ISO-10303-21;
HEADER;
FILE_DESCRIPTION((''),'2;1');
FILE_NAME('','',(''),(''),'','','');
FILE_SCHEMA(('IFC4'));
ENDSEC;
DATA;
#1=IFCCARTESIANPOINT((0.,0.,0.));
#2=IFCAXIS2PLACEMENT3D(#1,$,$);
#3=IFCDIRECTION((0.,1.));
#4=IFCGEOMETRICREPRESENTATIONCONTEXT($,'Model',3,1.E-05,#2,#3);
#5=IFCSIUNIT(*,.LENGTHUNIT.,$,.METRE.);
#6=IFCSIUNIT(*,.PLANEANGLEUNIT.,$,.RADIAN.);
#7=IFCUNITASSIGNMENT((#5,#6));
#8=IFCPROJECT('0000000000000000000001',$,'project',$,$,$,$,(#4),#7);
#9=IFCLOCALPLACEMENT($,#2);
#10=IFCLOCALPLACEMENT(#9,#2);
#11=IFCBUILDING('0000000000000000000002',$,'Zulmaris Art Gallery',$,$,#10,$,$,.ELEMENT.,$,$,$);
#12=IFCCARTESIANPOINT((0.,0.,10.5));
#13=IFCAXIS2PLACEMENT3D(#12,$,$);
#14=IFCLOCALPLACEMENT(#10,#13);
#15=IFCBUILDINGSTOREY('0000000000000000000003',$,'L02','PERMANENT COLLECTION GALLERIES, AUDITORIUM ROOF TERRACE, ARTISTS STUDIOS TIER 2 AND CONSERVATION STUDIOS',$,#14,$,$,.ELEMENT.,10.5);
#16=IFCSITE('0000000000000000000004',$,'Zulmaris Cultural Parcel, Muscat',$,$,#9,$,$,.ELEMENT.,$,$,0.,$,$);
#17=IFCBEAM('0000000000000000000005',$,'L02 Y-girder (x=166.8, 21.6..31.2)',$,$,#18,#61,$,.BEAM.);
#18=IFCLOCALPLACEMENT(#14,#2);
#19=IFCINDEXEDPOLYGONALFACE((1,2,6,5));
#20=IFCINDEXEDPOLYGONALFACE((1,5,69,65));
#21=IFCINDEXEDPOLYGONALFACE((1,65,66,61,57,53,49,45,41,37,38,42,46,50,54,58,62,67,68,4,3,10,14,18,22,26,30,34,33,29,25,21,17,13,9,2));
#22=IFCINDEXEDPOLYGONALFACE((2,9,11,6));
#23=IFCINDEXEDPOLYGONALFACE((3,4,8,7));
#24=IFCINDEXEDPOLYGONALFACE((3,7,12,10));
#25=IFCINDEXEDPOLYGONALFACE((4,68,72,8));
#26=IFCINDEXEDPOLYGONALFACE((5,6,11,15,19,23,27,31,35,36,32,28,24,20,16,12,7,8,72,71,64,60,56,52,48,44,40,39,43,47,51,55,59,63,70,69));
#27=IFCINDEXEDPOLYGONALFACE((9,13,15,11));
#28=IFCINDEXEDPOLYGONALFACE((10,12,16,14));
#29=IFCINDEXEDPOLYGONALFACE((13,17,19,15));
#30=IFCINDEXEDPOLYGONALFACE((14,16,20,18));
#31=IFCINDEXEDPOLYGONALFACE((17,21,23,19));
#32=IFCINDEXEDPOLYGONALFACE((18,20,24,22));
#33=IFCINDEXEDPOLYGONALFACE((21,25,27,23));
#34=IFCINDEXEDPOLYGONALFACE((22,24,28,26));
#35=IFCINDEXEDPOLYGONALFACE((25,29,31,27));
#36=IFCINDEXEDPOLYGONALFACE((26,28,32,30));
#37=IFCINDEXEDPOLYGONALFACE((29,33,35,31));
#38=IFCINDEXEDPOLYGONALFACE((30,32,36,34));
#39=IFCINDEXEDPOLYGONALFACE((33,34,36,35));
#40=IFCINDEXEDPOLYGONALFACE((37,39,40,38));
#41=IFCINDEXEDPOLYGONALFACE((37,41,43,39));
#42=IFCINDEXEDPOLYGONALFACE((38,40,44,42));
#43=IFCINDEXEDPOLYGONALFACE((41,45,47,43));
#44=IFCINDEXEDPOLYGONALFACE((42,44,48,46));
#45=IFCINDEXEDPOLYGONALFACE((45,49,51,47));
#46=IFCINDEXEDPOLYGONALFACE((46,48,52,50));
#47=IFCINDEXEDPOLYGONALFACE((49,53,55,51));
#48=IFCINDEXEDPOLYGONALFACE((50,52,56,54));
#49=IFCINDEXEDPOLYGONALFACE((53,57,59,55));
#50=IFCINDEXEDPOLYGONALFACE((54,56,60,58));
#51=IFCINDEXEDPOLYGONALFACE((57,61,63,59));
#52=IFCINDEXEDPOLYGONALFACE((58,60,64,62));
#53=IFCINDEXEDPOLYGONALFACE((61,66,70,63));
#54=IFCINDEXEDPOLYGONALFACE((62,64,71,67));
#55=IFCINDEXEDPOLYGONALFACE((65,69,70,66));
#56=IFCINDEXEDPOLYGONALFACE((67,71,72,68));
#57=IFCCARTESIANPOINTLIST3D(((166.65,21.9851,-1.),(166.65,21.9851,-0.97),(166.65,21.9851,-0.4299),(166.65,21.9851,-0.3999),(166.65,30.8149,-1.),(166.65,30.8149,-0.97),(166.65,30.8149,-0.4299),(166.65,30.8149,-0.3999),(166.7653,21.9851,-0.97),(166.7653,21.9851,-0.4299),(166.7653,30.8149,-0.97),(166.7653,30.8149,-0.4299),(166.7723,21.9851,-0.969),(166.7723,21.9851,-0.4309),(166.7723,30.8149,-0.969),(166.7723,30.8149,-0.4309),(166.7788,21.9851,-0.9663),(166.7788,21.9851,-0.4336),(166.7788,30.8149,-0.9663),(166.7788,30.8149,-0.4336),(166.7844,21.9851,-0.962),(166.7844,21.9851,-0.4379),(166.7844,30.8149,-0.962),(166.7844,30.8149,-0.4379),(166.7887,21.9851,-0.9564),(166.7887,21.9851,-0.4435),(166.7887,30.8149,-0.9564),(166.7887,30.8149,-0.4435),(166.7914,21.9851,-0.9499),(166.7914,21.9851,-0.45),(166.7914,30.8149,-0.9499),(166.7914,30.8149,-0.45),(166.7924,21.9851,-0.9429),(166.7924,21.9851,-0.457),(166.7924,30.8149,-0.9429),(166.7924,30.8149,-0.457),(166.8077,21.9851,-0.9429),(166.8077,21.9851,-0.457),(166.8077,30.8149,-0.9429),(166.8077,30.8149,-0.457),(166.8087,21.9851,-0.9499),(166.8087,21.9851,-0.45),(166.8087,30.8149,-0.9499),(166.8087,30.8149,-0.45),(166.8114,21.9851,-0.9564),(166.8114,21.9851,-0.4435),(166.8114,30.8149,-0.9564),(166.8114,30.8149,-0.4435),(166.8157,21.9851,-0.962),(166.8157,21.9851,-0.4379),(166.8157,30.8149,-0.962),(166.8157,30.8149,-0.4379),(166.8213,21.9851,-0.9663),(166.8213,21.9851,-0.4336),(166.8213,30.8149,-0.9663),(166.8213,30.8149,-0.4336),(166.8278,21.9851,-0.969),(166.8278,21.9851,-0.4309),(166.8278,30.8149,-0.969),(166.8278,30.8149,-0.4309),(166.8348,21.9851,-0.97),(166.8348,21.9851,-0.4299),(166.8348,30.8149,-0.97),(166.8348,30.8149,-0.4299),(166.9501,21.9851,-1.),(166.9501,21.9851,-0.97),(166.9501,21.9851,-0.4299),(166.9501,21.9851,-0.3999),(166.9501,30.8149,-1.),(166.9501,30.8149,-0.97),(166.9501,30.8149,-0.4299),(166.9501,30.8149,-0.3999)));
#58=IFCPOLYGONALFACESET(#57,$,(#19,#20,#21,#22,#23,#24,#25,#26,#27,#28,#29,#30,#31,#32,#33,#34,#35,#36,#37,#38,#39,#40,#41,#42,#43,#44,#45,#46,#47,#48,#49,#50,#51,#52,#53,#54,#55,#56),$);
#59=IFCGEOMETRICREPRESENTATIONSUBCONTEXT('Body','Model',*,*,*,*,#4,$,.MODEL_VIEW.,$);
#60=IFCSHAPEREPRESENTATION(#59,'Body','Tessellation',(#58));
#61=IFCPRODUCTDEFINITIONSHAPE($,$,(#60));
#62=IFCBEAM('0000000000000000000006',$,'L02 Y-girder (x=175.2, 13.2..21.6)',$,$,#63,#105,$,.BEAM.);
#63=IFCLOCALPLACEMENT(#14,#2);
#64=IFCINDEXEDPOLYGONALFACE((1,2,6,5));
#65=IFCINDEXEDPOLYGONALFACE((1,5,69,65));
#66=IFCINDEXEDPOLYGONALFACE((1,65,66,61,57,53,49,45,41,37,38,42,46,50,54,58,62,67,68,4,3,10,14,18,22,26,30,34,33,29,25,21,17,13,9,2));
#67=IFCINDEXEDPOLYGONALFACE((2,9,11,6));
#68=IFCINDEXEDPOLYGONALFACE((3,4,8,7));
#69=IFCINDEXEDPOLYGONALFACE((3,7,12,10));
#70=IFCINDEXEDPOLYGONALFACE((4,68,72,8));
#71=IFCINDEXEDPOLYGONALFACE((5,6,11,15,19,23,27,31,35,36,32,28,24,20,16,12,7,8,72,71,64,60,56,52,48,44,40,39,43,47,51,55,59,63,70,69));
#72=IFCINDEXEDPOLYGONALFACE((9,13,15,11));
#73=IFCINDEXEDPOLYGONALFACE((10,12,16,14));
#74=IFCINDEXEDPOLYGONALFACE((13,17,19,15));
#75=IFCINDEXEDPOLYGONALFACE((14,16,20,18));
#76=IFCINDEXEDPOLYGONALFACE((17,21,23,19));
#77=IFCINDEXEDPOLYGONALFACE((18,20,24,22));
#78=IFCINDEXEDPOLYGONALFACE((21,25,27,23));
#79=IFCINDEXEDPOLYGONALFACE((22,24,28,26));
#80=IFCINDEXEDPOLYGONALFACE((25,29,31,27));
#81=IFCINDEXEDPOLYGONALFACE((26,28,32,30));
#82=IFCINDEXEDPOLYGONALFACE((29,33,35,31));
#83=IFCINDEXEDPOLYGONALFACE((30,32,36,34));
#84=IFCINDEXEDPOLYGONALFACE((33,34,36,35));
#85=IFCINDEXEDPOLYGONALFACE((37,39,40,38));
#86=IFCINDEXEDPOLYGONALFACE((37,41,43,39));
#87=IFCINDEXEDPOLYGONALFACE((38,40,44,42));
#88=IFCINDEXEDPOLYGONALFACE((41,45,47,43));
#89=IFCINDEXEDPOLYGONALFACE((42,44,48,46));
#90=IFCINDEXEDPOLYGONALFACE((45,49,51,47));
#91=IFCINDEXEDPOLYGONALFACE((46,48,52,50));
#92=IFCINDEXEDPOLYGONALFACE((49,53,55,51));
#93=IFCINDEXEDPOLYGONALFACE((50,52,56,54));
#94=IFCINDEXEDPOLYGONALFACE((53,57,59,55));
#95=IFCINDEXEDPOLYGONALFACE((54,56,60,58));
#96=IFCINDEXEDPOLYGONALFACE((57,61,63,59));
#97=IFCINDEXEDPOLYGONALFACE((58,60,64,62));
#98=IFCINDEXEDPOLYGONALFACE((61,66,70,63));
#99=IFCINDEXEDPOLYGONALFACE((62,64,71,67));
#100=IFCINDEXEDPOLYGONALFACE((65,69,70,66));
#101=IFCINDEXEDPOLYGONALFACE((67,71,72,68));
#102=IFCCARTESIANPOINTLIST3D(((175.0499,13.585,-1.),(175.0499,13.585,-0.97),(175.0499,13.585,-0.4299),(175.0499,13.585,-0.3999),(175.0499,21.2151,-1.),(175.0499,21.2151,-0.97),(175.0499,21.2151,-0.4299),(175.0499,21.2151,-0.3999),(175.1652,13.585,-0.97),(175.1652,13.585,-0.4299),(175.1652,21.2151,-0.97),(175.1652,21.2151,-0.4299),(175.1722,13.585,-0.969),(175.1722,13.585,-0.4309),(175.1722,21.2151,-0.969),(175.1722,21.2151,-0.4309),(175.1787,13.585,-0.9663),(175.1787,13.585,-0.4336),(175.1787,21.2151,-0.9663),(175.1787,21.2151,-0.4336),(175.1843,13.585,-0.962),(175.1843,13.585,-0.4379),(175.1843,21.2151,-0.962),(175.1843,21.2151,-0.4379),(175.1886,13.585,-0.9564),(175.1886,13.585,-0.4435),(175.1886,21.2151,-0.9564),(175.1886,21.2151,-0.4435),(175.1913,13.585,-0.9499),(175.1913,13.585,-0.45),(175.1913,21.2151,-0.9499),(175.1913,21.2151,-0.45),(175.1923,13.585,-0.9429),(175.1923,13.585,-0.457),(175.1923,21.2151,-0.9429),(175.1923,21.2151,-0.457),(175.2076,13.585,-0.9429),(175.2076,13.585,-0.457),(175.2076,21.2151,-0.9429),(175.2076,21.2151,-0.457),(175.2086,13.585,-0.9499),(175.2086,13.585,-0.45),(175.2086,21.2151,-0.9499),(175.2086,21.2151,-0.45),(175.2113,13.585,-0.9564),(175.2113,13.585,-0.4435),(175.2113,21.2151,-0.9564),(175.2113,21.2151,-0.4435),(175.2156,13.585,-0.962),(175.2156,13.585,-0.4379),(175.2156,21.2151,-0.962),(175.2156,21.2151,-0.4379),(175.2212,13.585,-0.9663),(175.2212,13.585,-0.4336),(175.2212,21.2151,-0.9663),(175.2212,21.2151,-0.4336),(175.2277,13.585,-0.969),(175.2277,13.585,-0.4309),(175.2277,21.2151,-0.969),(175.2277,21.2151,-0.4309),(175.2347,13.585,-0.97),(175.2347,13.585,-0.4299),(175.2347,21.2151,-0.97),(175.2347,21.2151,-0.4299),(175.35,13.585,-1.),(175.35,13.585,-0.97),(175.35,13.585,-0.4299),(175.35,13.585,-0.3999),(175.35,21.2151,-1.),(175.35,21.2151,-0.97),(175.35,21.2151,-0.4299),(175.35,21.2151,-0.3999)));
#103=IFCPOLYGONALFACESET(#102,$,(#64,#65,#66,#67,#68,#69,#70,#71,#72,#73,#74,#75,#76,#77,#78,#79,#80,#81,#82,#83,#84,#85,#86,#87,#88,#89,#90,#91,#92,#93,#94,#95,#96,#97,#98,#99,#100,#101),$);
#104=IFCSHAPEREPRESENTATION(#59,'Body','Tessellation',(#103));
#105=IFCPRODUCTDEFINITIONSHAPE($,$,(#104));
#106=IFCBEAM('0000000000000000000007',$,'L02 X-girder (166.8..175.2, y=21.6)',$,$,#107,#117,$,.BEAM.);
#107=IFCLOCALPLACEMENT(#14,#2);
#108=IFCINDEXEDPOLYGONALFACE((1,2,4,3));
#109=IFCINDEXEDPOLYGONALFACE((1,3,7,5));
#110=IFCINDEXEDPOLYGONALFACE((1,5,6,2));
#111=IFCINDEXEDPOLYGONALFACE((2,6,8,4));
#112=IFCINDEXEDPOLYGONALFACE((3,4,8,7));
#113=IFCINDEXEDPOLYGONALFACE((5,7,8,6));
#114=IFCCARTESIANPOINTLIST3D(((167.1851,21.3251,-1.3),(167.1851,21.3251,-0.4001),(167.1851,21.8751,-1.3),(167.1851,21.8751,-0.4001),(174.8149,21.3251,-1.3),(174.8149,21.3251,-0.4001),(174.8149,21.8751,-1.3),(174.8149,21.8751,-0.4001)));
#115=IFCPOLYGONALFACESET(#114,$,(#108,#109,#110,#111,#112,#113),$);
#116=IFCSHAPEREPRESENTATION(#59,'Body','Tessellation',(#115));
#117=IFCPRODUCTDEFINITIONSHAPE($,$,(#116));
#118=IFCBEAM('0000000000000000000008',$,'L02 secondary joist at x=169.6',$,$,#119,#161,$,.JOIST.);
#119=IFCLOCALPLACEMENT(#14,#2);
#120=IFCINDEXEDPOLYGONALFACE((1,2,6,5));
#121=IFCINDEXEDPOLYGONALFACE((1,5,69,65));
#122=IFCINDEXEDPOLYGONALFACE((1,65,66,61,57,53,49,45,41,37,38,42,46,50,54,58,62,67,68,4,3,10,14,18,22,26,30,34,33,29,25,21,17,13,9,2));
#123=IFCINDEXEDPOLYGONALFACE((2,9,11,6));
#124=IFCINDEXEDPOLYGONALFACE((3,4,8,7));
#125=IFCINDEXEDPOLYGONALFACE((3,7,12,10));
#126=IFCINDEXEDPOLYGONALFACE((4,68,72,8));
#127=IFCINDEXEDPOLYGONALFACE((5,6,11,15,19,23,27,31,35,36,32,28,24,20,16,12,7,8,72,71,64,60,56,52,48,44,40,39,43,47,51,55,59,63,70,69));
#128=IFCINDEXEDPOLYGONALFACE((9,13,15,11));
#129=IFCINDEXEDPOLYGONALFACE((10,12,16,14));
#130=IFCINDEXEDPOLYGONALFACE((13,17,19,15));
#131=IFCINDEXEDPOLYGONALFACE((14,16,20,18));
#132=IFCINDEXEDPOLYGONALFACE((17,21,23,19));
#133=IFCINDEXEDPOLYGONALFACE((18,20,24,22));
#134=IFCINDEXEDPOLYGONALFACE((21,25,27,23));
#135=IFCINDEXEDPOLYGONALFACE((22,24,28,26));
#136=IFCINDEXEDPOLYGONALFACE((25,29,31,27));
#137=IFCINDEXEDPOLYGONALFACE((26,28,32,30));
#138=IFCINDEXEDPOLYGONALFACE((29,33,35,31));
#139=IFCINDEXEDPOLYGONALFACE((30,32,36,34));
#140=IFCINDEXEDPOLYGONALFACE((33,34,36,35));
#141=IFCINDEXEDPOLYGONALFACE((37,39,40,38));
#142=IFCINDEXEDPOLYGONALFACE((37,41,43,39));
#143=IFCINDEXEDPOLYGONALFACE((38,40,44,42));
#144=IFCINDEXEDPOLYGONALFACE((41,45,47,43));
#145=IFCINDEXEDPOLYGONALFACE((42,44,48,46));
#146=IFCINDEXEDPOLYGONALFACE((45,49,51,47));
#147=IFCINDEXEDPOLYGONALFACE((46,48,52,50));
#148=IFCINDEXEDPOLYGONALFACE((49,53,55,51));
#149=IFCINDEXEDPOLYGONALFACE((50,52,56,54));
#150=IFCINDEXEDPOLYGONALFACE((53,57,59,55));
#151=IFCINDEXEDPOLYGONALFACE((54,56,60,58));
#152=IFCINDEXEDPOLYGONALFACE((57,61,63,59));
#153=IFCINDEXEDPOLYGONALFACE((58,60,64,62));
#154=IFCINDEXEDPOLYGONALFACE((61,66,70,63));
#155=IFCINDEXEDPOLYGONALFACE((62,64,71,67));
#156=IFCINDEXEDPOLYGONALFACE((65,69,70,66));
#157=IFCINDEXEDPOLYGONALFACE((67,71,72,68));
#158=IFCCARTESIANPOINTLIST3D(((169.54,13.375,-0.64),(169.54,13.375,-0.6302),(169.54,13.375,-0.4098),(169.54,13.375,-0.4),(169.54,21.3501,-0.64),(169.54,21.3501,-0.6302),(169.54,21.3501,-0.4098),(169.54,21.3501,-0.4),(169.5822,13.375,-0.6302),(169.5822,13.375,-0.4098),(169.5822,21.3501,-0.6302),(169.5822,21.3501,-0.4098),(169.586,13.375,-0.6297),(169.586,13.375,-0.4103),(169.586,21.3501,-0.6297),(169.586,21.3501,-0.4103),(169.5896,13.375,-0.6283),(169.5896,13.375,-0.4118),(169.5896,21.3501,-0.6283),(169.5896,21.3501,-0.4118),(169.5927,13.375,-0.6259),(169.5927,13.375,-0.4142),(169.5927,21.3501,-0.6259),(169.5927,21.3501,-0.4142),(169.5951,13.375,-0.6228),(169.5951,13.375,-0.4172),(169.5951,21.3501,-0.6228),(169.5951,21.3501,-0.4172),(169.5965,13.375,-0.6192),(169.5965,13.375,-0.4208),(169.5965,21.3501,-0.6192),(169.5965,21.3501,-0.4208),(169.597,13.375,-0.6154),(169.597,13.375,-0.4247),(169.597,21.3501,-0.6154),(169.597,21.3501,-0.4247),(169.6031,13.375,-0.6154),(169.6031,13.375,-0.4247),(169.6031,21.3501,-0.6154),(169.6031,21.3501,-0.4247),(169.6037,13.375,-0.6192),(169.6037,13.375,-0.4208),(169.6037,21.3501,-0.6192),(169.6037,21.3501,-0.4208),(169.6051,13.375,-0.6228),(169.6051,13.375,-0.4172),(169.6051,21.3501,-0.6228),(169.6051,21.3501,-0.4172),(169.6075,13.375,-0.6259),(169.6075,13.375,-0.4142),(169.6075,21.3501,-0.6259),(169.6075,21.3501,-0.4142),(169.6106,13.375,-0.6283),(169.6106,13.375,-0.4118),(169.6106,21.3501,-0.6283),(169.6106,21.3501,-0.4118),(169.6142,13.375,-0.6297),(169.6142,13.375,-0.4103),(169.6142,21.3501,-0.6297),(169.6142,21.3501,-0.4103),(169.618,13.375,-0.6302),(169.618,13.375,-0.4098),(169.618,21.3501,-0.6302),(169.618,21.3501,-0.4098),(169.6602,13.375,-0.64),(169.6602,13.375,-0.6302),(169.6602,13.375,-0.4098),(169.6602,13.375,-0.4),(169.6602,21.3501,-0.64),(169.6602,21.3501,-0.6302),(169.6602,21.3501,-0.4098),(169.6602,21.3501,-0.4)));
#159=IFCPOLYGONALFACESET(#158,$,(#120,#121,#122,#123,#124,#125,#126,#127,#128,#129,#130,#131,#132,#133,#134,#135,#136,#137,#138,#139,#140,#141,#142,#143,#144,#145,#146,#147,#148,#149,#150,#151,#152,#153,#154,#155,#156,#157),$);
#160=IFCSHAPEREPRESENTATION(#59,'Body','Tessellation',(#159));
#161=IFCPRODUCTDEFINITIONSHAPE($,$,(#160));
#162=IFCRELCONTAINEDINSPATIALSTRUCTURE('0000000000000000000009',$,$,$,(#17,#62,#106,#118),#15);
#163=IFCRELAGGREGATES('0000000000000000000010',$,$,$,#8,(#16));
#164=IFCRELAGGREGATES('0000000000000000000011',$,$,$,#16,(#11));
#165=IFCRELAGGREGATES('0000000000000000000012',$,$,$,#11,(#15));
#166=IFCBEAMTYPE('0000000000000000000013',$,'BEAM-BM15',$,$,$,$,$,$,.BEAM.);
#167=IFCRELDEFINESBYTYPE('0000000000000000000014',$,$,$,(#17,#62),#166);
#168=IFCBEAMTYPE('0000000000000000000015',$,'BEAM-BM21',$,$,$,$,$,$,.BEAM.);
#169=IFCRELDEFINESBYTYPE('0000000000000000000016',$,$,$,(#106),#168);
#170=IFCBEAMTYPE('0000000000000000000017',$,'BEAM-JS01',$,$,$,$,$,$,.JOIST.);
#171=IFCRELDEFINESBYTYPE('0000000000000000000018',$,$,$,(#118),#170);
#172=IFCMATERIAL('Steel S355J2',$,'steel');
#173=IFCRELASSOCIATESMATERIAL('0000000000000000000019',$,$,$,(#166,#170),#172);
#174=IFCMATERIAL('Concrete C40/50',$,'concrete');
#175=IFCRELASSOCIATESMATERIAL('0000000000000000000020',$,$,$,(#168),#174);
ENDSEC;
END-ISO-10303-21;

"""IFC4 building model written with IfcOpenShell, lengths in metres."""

from ifc_helpers import new_model, si_unit, direction, frame, origin, origin_2d, place, context, subcontext, project, spatial, rectangle, i_section, extrude, material, material_profile, profile_set, type_object, element, save


model = new_model("IFC4")

# Units and contexts
model_context = context("Model", 3, precision=1e-05, world=origin(), true_north=direction((0.0, 1.0)))
body_context = subcontext(model_context, "Body", "Model", "MODEL_VIEW")
ifc_project = project(units=[si_unit("LENGTHUNIT", "METRE"), si_unit("PLANEANGLEUNIT", "RADIAN")], contexts=[model_context])

# Site, building, storey
site_placement = place(None, origin())
site = spatial("IfcSite", under=ifc_project, at=site_placement, Name="Zulmaris Cultural Parcel, Muscat", CompositionType="ELEMENT", RefElevation=0.0)
building_placement = place(site_placement, origin())
building = spatial("IfcBuilding", under=site, at=building_placement, Name="Zulmaris Art Gallery", CompositionType="ELEMENT")
storey_placement = place(building_placement, frame((0.0, 0.0, 10.5)))
storey = spatial("IfcBuildingStorey", under=building, at=storey_placement, Name="L02", Description="PERMANENT COLLECTION GALLERIES, AUDITORIUM ROOF TERRACE, ARTISTS STUDIOS TIER 2 AND CONSERVATION STUDIOS", CompositionType="ELEMENT", Elevation=10.5)

# Shared definitions
ifc_material_1 = material(Name="Concrete C40/50", Category="concrete")

# Beams
ifc_material_2 = material(Name="Steel S355J2", Category="steel")
ifc_material_profile_1 = material_profile(ifc_material_2, i_section(OverallWidth=0.3, OverallDepth=0.6001, WebThickness=0.0154, FlangeThickness=0.03, FilletRadius=0.0271, at=origin_2d()), Name="HEB 600")
ifc_profile_set_1 = profile_set([ifc_material_profile_1], Name="Steel S355J2")
beam_type_1 = type_object("IfcBeamType", Name="BEAM-BM15", PredefinedType="BEAM", material=ifc_profile_set_1)
beam_1_placement = place(storey_placement, frame((166.8, 21.9851, -0.7), z_axis=(0.0, 1.0, 0.0), x_axis=(-1.0, 0.0, 0.0)))
element("IfcBeam", 1, at=beam_1_placement, inside=storey, type_object=beam_type_1, Name="L02 Y-girder (x=166.8, 21.6..31.2)", PredefinedType="BEAM", context=body_context, shape_type="SweptSolid", body=[
    extrude(i_section(OverallWidth=0.3, OverallDepth=0.6001, WebThickness=0.0154, FlangeThickness=0.03, FilletRadius=0.0271, at=origin_2d()), origin(), (0.0, 0.0, 1.0), 8.8298),
])
beam_2_placement = place(storey_placement, frame((175.2, 13.585, -0.7), z_axis=(0.0, 1.0, 0.0), x_axis=(-1.0, 0.0, 0.0)))
element("IfcBeam", 2, at=beam_2_placement, inside=storey, type_object=beam_type_1, Name="L02 Y-girder (x=175.2, 13.2..21.6)", PredefinedType="BEAM", context=body_context, shape_type="SweptSolid", body=[
    extrude(i_section(OverallWidth=0.3, OverallDepth=0.6001, WebThickness=0.0154, FlangeThickness=0.03, FilletRadius=0.0271, at=origin_2d()), origin(), (0.0, 0.0, 1.0), 7.6301),
])
ifc_material_profile_2 = material_profile(ifc_material_1, rectangle(XDim=0.55, YDim=0.8999, at=origin_2d()), Name="RC 550x900")
ifc_profile_set_2 = profile_set([ifc_material_profile_2], Name="Concrete C40/50")
beam_type_2 = type_object("IfcBeamType", Name="BEAM-BM21", PredefinedType="BEAM", material=ifc_profile_set_2)
beam_3_placement = place(storey_placement, frame((167.1851, 21.6001, -0.8501), z_axis=(1.0, 0.0, 0.0), x_axis=(0.0, 1.0, 0.0)))
element("IfcBeam", 3, at=beam_3_placement, inside=storey, type_object=beam_type_2, Name="L02 X-girder (166.8..175.2, y=21.6)", PredefinedType="BEAM", context=body_context, shape_type="SweptSolid", body=[
    extrude(rectangle(XDim=0.55, YDim=0.8999, at=origin_2d()), origin(), (0.0, 0.0, 1.0), 7.6299),
])
ifc_material_profile_3 = material_profile(ifc_material_2, i_section(OverallWidth=0.1201, OverallDepth=0.24, WebThickness=0.0061, FlangeThickness=0.0098, FilletRadius=0.0149, at=origin_2d()), Name="IPE 240")
ifc_profile_set_3 = profile_set([ifc_material_profile_3], Name="Steel S355J2")
beam_type_3 = type_object("IfcBeamType", Name="BEAM-JS01", PredefinedType="JOIST", material=ifc_profile_set_3)
beam_4_placement = place(storey_placement, frame((169.6001, 13.375, -0.52), z_axis=(0.0, 1.0, 0.0), x_axis=(-1.0, 0.0, 0.0)))
element("IfcBeam", 4, at=beam_4_placement, inside=storey, type_object=beam_type_3, Name="L02 secondary joist at x=169.6", PredefinedType="JOIST", context=body_context, shape_type="SweptSolid", body=[
    extrude(i_section(OverallWidth=0.1201, OverallDepth=0.24, WebThickness=0.0061, FlangeThickness=0.0098, FilletRadius=0.0149, at=origin_2d()), origin(), (0.0, 0.0, 1.0), 7.9751),
])

save(model, "model.ifc")
